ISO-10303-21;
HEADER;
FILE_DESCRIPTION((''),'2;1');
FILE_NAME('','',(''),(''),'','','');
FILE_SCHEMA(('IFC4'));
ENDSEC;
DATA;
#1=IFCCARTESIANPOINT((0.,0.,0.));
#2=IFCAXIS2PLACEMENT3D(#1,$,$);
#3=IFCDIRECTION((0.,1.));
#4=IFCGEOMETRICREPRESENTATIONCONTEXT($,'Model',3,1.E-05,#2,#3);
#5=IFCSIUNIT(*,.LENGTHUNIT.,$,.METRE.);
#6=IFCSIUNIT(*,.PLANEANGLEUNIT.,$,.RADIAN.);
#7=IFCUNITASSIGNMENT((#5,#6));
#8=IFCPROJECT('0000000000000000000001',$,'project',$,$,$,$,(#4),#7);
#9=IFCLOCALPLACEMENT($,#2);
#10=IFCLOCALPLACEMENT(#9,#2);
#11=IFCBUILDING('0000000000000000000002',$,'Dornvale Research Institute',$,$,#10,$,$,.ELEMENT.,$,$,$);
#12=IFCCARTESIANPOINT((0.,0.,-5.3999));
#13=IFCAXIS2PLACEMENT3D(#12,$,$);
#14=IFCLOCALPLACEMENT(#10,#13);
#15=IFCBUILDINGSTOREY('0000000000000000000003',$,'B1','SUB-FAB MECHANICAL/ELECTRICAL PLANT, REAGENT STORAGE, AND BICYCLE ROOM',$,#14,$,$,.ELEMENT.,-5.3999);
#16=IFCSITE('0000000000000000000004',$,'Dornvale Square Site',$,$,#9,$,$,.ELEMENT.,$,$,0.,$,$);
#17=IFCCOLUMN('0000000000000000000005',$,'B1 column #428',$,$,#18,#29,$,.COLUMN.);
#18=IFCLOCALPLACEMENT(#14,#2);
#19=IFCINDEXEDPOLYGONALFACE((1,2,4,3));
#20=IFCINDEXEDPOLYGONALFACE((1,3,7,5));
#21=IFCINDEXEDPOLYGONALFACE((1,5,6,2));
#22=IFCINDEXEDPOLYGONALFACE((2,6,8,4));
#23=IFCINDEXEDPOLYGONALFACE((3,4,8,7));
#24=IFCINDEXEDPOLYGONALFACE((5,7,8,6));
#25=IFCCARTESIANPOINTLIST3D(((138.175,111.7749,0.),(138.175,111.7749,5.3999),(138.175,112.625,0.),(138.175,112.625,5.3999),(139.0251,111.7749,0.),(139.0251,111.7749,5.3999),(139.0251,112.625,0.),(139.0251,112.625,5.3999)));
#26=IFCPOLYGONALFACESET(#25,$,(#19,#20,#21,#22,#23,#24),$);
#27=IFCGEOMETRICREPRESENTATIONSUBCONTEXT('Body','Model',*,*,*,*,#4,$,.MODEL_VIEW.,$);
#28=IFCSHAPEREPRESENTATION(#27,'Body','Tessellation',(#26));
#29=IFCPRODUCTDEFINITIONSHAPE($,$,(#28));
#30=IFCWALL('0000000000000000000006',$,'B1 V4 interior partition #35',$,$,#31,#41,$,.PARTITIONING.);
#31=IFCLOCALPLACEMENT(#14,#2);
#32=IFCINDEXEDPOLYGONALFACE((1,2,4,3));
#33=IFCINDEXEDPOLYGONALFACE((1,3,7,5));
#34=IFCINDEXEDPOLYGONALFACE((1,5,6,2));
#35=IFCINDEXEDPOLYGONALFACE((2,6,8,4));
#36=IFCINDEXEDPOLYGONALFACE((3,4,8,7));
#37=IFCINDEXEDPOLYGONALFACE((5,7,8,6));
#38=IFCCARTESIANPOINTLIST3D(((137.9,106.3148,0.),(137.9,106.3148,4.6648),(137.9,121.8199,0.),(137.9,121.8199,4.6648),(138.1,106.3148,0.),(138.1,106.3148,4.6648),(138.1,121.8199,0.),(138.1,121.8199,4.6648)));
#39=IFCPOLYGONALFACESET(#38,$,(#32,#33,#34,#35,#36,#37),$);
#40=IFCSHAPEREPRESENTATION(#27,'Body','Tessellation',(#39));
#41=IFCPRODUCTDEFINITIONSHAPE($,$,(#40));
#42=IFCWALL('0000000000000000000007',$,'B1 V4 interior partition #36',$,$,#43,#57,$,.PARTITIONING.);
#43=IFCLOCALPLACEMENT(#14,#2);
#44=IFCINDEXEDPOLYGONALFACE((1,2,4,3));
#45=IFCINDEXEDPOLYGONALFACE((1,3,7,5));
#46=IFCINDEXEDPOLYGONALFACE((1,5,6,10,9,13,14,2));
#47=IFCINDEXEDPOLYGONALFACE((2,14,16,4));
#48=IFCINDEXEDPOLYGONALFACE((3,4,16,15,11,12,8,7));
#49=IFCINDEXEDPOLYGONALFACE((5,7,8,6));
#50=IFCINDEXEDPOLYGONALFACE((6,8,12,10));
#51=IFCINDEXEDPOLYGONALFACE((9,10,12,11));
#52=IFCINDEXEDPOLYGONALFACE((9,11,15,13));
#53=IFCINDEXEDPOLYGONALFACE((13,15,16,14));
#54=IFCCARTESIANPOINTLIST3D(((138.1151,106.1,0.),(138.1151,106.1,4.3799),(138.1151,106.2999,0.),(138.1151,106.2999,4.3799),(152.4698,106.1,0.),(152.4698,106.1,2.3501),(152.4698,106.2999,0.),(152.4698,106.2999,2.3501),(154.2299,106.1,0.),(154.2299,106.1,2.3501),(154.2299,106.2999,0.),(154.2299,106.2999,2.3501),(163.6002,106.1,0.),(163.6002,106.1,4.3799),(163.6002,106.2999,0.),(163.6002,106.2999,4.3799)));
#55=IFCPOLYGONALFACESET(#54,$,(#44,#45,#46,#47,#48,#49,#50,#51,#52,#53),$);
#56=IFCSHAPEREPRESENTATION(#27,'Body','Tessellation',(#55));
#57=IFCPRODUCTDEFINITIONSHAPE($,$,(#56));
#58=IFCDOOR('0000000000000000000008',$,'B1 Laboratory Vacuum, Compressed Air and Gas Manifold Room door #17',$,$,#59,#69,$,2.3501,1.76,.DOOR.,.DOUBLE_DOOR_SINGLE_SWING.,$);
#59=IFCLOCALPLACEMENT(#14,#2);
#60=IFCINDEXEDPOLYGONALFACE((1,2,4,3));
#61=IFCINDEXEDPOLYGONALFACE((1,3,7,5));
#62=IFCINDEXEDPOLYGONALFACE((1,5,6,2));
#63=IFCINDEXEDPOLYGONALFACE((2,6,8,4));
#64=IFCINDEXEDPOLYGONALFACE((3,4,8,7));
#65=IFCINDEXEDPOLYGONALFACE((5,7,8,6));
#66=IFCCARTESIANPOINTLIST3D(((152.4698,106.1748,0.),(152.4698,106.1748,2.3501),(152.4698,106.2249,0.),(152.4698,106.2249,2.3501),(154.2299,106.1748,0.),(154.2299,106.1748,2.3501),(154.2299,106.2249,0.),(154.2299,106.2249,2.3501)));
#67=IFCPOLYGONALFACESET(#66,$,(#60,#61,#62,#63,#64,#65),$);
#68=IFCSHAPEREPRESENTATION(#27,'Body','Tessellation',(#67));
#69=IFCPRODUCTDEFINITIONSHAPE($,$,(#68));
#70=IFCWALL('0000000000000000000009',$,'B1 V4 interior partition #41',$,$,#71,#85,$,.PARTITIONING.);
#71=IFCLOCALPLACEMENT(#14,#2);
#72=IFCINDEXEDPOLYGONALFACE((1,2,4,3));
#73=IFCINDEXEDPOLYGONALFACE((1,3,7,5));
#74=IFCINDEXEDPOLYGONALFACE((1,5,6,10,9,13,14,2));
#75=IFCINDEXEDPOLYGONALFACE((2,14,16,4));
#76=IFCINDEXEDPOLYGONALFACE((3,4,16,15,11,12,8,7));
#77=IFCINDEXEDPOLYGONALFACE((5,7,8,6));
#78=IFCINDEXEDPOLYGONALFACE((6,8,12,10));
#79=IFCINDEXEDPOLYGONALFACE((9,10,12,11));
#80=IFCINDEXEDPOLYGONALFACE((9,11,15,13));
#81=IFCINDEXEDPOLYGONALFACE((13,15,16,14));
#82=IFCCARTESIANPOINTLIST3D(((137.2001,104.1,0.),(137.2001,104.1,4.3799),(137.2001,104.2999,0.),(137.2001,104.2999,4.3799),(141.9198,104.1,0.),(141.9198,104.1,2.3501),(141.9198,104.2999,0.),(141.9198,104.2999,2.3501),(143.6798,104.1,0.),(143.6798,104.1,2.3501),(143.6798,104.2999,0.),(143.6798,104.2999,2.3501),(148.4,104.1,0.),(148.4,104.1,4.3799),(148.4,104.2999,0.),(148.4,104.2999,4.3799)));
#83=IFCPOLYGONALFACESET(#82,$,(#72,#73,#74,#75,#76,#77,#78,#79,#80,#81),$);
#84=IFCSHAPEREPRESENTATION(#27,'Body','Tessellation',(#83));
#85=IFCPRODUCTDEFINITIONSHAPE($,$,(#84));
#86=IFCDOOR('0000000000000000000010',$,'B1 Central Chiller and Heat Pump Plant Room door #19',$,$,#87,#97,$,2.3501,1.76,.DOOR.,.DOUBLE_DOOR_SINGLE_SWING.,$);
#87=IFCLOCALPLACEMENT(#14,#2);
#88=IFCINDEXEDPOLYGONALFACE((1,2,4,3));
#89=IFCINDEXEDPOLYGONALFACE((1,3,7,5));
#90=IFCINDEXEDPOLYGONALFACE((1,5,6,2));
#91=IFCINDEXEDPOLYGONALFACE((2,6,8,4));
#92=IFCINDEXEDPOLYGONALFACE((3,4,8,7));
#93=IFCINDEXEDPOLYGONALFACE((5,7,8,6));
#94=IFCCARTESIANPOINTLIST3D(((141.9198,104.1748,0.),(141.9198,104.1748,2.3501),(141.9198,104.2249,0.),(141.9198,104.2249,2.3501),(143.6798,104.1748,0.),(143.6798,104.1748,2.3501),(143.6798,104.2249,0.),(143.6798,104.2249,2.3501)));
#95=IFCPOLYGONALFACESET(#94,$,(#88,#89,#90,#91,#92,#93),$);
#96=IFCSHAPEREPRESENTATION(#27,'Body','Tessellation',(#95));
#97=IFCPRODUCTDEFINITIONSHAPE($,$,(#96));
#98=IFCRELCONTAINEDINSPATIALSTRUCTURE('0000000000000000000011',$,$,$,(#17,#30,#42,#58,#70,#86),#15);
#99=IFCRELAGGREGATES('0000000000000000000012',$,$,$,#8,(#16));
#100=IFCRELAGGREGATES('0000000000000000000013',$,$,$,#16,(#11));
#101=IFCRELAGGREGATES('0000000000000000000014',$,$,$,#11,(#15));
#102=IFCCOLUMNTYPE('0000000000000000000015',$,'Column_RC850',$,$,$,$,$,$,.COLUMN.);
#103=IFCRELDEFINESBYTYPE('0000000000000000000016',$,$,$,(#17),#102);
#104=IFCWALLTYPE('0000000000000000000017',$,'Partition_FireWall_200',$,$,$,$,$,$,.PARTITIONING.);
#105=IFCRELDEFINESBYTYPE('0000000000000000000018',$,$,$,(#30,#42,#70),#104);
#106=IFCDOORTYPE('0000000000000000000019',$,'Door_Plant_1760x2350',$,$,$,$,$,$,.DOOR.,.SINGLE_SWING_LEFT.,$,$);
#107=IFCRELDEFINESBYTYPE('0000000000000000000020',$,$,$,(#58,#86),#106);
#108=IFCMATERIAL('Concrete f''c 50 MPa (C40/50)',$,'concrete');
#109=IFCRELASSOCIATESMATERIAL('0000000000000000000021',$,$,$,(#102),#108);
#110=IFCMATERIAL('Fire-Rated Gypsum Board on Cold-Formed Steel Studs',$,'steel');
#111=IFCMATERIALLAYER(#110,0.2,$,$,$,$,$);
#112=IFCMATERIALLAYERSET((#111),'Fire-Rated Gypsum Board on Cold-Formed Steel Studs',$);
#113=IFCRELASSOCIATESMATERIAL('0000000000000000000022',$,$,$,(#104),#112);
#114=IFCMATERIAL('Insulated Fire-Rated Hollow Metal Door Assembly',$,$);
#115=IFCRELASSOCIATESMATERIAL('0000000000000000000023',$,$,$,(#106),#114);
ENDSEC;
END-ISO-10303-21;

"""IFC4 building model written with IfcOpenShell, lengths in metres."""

from ifc_helpers import new_model, si_unit, direction, frame, frame_2d, origin, origin_2d, place, context, subcontext, project, spatial, rectangle, extrude, material, layer, layer_set, material_profile, profile_set, type_object, element, fill, save


model = new_model("IFC4")

# Units and contexts
model_context = context("Model", 3, precision=1e-05, world=origin(), true_north=direction((0.0, 1.0)))
body_context = subcontext(model_context, "Body", "Model", "MODEL_VIEW")
ifc_project = project(units=[si_unit("LENGTHUNIT", "METRE"), si_unit("PLANEANGLEUNIT", "RADIAN")], contexts=[model_context])

# Site, building, storey
site_placement = place(None, origin())
site = spatial("IfcSite", under=ifc_project, at=site_placement, Name="Dornvale Square Site", CompositionType="ELEMENT", RefElevation=0.0)
building_placement = place(site_placement, origin())
building = spatial("IfcBuilding", under=site, at=building_placement, Name="Dornvale Research Institute", CompositionType="ELEMENT")
storey_placement = place(building_placement, frame((0.0, 0.0, -5.3999)))
storey = spatial("IfcBuildingStorey", under=building, at=storey_placement, Name="B1", Description="SUB-FAB MECHANICAL/ELECTRICAL PLANT, REAGENT STORAGE, AND BICYCLE ROOM", CompositionType="ELEMENT", Elevation=-5.3999)

# Column
ifc_material_1 = material(Name="Concrete f'c 50 MPa (C40/50)", Category="concrete")
ifc_material_profile_1 = material_profile(ifc_material_1, rectangle(XDim=0.8501, YDim=0.8501, at=origin_2d()), Name="RC 850x850")
ifc_profile_set_1 = profile_set([ifc_material_profile_1], Name="Concrete f'c 50 MPa (C40/50)")
column_type = type_object("IfcColumnType", Name="Column_RC850", PredefinedType="COLUMN", material=ifc_profile_set_1)
for number, where, z_axis, x_axis, name in (
    (1, (138.6001, 112.2, 0.0), (0.0, 0.0, 1.0), (1.0, 0.0, 0.0), "B1 column #428"),
):
    element("IfcColumn", number, at=place(storey_placement, frame(where, z_axis=z_axis, x_axis=x_axis)), inside=storey, type_object=column_type, Name=name, PredefinedType="COLUMN", context=body_context, shape_type="SweptSolid", body=[
        extrude(rectangle(XDim=0.8501, YDim=0.8501, at=origin_2d()), origin(), (0.0, 0.0, 1.0), 5.3999),
    ])

# Wall
ifc_material_2 = material(Name="Fire-Rated Gypsum Board on Cold-Formed Steel Studs", Category="steel")
ifc_layer = layer(ifc_material_2, 0.2)
ifc_layer_set = layer_set([ifc_layer], Name="Fire-Rated Gypsum Board on Cold-Formed Steel Studs")
wall_type = type_object("IfcWallType", Name="Partition_FireWall_200", PredefinedType="PARTITIONING", material=ifc_layer_set)
wall_1_placement = place(storey_placement, frame((138.0, 106.3149, 0.0), z_axis=(0.0, 0.0, 1.0), x_axis=(0.0, 1.0, 0.0)))
element("IfcWall", 2, at=wall_1_placement, inside=storey, type_object=wall_type, Name="B1 V4 interior partition #35", PredefinedType="PARTITIONING", context=body_context, shape_type="SweptSolid", body=[
    extrude(rectangle(XDim=15.5051, YDim=0.2, at=frame_2d((7.7524, 0.0))), origin(), (0.0, 0.0, 1.0), 4.6648),
])

# Walls, openings, doors
wall_2_placement = place(storey_placement, frame((138.115, 106.2, 0.0), z_axis=(0.0, 0.0, 1.0), x_axis=(1.0, 0.0, 0.0)))
wall_2 = element("IfcWall", 3, at=wall_2_placement, inside=storey, type_object=wall_type, Name="B1 V4 interior partition #36", PredefinedType="PARTITIONING", context=body_context, shape_type="SweptSolid", body=[
    extrude(rectangle(XDim=25.4851, YDim=0.2, at=frame_2d((12.7427, 0.0))), origin(), (0.0, 0.0, 1.0), 4.3799),
])
opening_1_placement = place(wall_2_placement, frame((14.355, 0.0, 0.0)))
opening_1 = element("IfcOpeningElement", 4, at=opening_1_placement, cuts=wall_2, PredefinedType="OPENING", context=body_context, shape_type="SweptSolid", body=[
    extrude(rectangle(XDim=1.76, YDim=2.3501, at=frame_2d((0.8799, 1.175))), frame((0.0, 0.115, 0.0), z_axis=(0.0, -1.0, 0.0), x_axis=(1.0, 0.0, 0.0)), (0.0, 0.0, 1.0), 0.23),
])
ifc_material_3 = material(Name="Insulated Fire-Rated Hollow Metal Door Assembly")
door_type = type_object("IfcDoorType", Name="Door_Plant_1760x2350", OperationType="SINGLE_SWING_LEFT", PredefinedType="DOOR", material=ifc_material_3)
door_1_placement = place(opening_1_placement, origin())
door_1 = element("IfcDoor", 5, at=door_1_placement, inside=storey, type_object=door_type, Name="B1 Laboratory Vacuum, Compressed Air and Gas Manifold Room door #17", OperationType="DOUBLE_DOOR_SINGLE_SWING", OverallHeight=2.3501, OverallWidth=1.76, PredefinedType="DOOR", context=body_context, shape_type="SweptSolid", body=[
    extrude(rectangle(XDim=1.76, YDim=2.3501, at=frame_2d((0.8799, 1.175))), frame((0.0, 0.0249, 0.0), z_axis=(0.0, -1.0, 0.0), x_axis=(1.0, 0.0, 0.0)), (0.0, 0.0, 1.0), 0.05),
])
fill(opening_1, door_1)
wall_3_placement = place(storey_placement, frame((137.2, 104.2, 0.0), z_axis=(0.0, 0.0, 1.0), x_axis=(1.0, 0.0, 0.0)))
wall_3 = element("IfcWall", 6, at=wall_3_placement, inside=storey, type_object=wall_type, Name="B1 V4 interior partition #41", PredefinedType="PARTITIONING", context=body_context, shape_type="SweptSolid", body=[
    extrude(rectangle(XDim=11.2, YDim=0.2, at=frame_2d((5.6001, 0.0))), origin(), (0.0, 0.0, 1.0), 4.3799),
])
opening_2_placement = place(wall_3_placement, frame((4.72, 0.0, 0.0)))
opening_2 = element("IfcOpeningElement", 7, at=opening_2_placement, cuts=wall_3, PredefinedType="OPENING", context=body_context, shape_type="SweptSolid", body=[
    extrude(rectangle(XDim=1.76, YDim=2.3501, at=frame_2d((0.8799, 1.175))), frame((0.0, 0.115, 0.0), z_axis=(0.0, -1.0, 0.0), x_axis=(1.0, 0.0, 0.0)), (0.0, 0.0, 1.0), 0.23),
])
door_2_placement = place(opening_2_placement, origin())
door_2 = element("IfcDoor", 8, at=door_2_placement, inside=storey, type_object=door_type, Name="B1 Central Chiller and Heat Pump Plant Room door #19", OperationType="DOUBLE_DOOR_SINGLE_SWING", OverallHeight=2.3501, OverallWidth=1.76, PredefinedType="DOOR", context=body_context, shape_type="SweptSolid", body=[
    extrude(rectangle(XDim=1.76, YDim=2.3501, at=frame_2d((0.8799, 1.175))), frame((0.0, 0.0249, 0.0), z_axis=(0.0, -1.0, 0.0), x_axis=(1.0, 0.0, 0.0)), (0.0, 0.0, 1.0), 0.05),
])
fill(opening_2, door_2)

save(model, "model.ifc")
